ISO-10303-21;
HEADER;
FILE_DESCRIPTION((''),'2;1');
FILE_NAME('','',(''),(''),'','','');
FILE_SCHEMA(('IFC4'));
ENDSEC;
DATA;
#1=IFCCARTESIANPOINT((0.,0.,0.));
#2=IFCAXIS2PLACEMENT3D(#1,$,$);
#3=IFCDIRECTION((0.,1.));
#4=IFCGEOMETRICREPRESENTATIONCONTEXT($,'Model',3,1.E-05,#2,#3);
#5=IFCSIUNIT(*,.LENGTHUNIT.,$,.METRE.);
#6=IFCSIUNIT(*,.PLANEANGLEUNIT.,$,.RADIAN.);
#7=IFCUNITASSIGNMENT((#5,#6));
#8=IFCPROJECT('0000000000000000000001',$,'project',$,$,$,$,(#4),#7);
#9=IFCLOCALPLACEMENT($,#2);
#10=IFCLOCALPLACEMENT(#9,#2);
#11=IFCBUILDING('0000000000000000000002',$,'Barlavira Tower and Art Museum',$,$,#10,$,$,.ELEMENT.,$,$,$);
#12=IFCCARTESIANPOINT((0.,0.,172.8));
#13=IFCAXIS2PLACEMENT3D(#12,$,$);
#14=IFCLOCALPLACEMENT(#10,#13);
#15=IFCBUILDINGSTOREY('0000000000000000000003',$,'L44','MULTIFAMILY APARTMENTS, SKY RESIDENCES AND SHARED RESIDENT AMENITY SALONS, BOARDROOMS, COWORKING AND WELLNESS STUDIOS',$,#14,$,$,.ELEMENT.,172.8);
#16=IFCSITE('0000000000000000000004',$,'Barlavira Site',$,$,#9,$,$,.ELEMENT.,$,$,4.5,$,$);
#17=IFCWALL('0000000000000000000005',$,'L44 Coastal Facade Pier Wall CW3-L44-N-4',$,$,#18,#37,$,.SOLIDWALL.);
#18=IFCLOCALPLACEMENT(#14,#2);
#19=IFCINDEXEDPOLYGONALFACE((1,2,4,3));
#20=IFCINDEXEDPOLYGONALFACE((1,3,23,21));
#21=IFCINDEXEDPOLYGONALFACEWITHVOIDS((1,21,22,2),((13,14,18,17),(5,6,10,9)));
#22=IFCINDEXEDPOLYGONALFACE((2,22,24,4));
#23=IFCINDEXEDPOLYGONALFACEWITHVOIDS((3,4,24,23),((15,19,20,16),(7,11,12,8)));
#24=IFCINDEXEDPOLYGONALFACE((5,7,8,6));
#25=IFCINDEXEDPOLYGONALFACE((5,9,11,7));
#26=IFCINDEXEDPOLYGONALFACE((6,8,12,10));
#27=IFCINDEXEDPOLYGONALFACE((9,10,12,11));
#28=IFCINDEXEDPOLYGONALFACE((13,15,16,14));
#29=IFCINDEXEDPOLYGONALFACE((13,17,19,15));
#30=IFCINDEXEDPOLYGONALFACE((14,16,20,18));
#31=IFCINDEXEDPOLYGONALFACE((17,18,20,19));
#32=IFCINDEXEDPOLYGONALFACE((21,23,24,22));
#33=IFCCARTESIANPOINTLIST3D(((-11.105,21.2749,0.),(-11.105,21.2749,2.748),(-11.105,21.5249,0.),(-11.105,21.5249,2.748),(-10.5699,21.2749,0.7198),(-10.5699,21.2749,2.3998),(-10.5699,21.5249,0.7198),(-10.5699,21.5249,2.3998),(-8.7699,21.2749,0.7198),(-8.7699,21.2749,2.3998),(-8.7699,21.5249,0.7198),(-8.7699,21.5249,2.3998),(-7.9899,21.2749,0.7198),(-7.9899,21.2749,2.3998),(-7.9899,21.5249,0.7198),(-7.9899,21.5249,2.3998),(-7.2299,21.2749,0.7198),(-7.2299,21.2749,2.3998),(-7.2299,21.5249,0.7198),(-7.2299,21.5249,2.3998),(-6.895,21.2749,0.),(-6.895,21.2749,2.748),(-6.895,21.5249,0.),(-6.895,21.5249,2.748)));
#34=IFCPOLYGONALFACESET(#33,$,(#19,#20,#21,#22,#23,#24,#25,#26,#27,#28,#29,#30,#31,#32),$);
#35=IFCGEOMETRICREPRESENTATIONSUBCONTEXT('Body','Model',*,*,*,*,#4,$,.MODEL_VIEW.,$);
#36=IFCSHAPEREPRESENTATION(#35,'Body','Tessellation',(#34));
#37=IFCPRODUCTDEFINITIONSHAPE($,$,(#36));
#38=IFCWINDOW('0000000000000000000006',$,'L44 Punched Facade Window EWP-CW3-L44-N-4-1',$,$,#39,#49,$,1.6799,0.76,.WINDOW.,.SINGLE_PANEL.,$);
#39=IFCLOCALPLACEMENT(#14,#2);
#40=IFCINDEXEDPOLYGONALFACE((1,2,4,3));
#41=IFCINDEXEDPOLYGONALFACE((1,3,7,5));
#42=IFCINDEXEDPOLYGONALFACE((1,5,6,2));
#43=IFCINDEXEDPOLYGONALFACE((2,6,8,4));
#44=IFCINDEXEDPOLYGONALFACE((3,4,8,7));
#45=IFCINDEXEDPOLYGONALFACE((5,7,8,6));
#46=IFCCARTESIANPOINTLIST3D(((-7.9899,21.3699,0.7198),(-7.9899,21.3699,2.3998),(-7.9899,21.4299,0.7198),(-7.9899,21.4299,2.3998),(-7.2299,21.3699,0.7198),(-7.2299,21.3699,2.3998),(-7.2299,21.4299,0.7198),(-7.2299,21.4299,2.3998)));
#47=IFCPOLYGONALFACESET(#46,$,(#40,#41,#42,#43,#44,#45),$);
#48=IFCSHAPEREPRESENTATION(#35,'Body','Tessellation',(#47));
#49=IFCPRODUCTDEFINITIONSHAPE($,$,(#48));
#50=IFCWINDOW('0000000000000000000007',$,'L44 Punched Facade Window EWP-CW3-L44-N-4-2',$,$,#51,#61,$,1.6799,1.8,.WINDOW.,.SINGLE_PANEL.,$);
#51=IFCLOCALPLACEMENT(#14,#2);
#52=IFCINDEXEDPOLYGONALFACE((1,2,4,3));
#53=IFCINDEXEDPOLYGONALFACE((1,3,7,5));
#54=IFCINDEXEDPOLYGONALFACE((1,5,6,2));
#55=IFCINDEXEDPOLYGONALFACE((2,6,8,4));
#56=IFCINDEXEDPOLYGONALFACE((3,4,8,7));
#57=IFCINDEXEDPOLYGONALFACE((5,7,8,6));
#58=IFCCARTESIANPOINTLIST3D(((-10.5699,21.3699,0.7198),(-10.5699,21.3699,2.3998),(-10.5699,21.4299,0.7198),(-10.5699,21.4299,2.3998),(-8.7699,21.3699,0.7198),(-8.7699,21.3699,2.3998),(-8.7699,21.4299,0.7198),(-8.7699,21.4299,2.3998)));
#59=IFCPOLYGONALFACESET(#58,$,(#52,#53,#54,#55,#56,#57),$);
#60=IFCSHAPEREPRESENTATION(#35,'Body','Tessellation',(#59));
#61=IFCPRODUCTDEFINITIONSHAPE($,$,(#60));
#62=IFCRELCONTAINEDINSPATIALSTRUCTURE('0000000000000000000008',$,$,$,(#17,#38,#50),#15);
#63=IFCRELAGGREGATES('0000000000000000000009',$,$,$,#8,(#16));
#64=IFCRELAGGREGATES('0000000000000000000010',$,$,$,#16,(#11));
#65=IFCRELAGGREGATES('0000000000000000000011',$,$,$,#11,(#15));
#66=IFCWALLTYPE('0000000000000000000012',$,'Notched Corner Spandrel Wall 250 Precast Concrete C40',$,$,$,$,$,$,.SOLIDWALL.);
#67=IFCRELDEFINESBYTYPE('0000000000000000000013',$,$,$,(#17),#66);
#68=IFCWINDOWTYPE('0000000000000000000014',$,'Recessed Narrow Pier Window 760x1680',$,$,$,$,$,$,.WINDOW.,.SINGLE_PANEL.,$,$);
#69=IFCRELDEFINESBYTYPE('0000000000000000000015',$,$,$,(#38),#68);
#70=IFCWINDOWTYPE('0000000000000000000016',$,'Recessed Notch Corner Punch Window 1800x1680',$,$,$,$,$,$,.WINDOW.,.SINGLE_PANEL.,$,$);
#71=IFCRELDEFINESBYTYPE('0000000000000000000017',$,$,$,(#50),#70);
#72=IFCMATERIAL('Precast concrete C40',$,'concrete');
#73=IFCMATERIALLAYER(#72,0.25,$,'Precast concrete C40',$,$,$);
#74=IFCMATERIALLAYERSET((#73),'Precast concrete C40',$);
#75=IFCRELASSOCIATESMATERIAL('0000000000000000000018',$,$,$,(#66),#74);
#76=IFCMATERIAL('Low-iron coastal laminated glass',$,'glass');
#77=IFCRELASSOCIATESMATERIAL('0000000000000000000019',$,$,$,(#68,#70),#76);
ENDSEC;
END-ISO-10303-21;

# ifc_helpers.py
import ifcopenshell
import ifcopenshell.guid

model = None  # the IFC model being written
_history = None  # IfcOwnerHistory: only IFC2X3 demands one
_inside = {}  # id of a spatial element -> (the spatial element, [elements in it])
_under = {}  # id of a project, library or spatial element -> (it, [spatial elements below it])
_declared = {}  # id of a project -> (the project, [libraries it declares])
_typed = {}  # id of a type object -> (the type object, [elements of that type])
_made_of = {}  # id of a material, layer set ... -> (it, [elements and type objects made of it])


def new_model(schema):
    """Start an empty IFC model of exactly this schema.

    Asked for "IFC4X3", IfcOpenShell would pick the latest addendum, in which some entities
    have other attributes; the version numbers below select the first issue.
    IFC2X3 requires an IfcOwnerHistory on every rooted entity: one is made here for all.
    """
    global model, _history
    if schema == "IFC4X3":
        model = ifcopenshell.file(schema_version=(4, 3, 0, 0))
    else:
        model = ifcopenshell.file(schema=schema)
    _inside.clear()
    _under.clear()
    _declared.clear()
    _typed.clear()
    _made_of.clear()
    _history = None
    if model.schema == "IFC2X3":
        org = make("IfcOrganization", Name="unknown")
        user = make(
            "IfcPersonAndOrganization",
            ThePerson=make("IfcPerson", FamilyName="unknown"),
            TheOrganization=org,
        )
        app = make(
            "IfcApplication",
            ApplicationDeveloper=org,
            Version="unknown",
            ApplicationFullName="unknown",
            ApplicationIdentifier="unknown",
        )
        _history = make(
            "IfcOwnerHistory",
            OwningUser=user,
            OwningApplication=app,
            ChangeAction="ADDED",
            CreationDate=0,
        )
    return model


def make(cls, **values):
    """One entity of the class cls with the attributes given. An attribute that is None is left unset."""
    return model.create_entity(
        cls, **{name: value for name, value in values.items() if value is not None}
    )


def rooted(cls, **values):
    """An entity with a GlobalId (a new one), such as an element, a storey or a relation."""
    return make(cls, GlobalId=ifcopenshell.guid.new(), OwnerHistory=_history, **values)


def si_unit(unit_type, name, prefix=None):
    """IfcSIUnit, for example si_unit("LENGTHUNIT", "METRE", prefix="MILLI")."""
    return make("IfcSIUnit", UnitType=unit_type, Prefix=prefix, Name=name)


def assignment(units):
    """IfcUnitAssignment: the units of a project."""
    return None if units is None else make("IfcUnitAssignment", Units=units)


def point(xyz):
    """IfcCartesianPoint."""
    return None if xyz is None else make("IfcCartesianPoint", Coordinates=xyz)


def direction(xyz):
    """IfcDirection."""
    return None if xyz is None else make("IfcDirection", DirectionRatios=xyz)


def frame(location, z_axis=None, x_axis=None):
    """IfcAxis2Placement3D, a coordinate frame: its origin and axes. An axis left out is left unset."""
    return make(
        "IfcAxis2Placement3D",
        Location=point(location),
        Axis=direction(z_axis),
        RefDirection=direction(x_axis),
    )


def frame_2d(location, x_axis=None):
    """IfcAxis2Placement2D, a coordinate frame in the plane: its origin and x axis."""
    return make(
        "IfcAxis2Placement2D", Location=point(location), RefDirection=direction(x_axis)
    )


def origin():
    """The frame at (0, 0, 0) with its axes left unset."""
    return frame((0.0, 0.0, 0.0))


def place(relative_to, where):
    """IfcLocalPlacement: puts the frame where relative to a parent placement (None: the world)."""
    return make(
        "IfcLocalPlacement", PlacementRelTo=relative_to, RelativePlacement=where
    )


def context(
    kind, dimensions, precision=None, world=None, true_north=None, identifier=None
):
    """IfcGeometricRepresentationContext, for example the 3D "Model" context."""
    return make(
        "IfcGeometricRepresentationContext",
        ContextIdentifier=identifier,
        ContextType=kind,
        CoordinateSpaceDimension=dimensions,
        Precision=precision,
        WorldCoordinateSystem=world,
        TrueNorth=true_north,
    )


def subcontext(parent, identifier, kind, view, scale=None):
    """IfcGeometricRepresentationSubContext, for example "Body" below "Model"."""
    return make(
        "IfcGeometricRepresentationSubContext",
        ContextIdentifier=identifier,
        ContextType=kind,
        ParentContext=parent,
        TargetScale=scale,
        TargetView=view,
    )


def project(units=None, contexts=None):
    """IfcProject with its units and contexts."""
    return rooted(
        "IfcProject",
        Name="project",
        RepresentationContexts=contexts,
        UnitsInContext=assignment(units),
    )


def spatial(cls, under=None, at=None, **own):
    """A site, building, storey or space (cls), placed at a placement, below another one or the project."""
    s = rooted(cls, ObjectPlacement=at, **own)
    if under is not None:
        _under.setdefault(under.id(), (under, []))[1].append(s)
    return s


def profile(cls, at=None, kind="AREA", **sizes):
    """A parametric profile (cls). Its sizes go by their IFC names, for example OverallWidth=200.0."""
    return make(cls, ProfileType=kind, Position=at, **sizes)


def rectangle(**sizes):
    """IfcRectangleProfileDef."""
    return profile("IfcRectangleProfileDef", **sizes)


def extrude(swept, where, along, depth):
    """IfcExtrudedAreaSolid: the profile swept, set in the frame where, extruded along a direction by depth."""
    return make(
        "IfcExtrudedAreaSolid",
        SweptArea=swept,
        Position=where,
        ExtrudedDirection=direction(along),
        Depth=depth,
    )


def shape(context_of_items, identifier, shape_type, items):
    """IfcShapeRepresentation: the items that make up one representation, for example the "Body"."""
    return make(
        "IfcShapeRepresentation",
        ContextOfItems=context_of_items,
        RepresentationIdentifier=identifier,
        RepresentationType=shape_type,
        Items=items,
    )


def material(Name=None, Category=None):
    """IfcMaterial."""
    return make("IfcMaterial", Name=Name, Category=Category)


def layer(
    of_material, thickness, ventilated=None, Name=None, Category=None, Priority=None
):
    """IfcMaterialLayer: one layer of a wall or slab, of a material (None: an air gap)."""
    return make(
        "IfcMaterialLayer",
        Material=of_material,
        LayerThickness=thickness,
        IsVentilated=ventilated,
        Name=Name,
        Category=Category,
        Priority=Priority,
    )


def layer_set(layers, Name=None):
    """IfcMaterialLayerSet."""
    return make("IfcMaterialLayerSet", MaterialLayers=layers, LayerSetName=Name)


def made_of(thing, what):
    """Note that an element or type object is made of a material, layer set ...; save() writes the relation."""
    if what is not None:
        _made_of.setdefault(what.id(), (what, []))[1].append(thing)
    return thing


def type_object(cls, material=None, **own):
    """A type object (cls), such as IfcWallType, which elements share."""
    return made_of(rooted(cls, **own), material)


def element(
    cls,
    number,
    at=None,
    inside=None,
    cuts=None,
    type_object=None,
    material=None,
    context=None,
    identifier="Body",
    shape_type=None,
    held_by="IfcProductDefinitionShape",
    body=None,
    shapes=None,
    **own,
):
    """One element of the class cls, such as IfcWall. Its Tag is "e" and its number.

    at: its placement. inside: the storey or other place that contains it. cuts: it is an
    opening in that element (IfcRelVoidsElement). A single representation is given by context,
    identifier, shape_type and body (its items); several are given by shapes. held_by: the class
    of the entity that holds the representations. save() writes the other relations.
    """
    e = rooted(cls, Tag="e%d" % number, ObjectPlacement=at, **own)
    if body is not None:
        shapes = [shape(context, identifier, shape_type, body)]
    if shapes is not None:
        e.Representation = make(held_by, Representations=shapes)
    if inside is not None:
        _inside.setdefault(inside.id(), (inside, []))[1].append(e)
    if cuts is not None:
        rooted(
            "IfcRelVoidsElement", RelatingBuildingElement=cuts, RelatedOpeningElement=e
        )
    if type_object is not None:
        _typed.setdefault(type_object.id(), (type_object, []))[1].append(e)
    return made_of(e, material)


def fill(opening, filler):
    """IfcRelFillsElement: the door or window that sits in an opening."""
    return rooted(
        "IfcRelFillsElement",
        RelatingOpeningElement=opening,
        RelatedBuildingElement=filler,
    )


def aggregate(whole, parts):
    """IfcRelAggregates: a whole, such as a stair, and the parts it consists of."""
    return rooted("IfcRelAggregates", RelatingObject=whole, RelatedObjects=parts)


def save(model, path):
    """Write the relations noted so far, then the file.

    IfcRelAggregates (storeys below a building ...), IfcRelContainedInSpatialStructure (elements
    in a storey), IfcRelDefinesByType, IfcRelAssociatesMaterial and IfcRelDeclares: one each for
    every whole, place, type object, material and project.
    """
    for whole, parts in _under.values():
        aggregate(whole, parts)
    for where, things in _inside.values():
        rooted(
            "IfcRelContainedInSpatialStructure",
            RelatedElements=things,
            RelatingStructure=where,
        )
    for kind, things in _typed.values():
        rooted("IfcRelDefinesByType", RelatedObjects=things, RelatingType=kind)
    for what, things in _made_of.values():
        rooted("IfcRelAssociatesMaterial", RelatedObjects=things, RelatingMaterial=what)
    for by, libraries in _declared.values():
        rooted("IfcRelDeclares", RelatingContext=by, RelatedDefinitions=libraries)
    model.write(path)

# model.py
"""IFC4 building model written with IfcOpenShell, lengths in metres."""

from ifc_helpers import new_model, si_unit, direction, frame, frame_2d, origin, place, context, subcontext, project, spatial, rectangle, extrude, material, layer, layer_set, type_object, element, fill, save


model = new_model("IFC4")

# Units and contexts
model_context = context("Model", 3, precision=1e-05, world=origin(), true_north=direction((0.0, 1.0)))
body_context = subcontext(model_context, "Body", "Model", "MODEL_VIEW")
ifc_project = project(units=[si_unit("LENGTHUNIT", "METRE"), si_unit("PLANEANGLEUNIT", "RADIAN")], contexts=[model_context])

# Site, building, storey
site_placement = place(None, origin())
site = spatial("IfcSite", under=ifc_project, at=site_placement, Name="Barlavira Site", CompositionType="ELEMENT", RefElevation=4.5)
building_placement = place(site_placement, origin())
building = spatial("IfcBuilding", under=site, at=building_placement, Name="Barlavira Tower and Art Museum", CompositionType="ELEMENT")
storey_placement = place(building_placement, frame((0.0, 0.0, 172.8)))
storey = spatial("IfcBuildingStorey", under=building, at=storey_placement, Name="L44", Description="MULTIFAMILY APARTMENTS, SKY RESIDENCES AND SHARED RESIDENT AMENITY SALONS, BOARDROOMS, COWORKING AND WELLNESS STUDIOS", CompositionType="ELEMENT", Elevation=172.8)

# Wall, openings, windows
ifc_material_1 = material(Name="Precast concrete C40", Category="concrete")
ifc_layer_1 = layer(ifc_material_1, 0.25, Name="Precast concrete C40")
ifc_layer_set_1 = layer_set([ifc_layer_1], Name="Precast concrete C40")
wall_type_1 = type_object("IfcWallType", Name="Notched Corner Spandrel Wall 250 Precast Concrete C40", PredefinedType="SOLIDWALL", material=ifc_layer_set_1)
wall_1_placement = place(storey_placement, frame((-6.895, 21.3999, 0.0), z_axis=(0.0, 0.0, 1.0), x_axis=(-1.0, 0.0, 0.0)))
wall_1 = element("IfcWall", 1, at=wall_1_placement, inside=storey, type_object=wall_type_1, Name="L44 Coastal Facade Pier Wall CW3-L44-N-4", PredefinedType="SOLIDWALL", context=body_context, shape_type="SweptSolid", body=[
    extrude(rectangle(XDim=4.21, YDim=0.25, at=frame_2d((2.105, 0.0))), origin(), (0.0, 0.0, 1.0), 2.748),
])
opening_1_placement = place(wall_1_placement, frame((0.335, 0.0, 0.72)))
opening_1 = element("IfcOpeningElement", 2, at=opening_1_placement, cuts=wall_1, PredefinedType="OPENING", context=body_context, shape_type="SweptSolid", body=[
    extrude(rectangle(XDim=0.76, YDim=1.6799, at=frame_2d((0.3799, 0.8398))), frame((0.0, 0.135, 0.0), z_axis=(0.0, -1.0, 0.0), x_axis=(1.0, 0.0, 0.0)), (0.0, 0.0, 1.0), 0.27),
])
opening_2_placement = place(wall_1_placement, frame((1.875, 0.0, 0.72)))
opening_2 = element("IfcOpeningElement", 3, at=opening_2_placement, cuts=wall_1, PredefinedType="OPENING", context=body_context, shape_type="SweptSolid", body=[
    extrude(rectangle(XDim=1.8, YDim=1.6799, at=frame_2d((0.8999, 0.8398))), frame((0.0, 0.135, 0.0), z_axis=(0.0, -1.0, 0.0), x_axis=(1.0, 0.0, 0.0)), (0.0, 0.0, 1.0), 0.27),
])
ifc_material_2 = material(Name="Low-iron coastal laminated glass", Category="glass")
window_type_1 = type_object("IfcWindowType", Name="Recessed Narrow Pier Window 760x1680", PartitioningType="SINGLE_PANEL", PredefinedType="WINDOW", material=ifc_material_2)
window_1_placement = place(opening_1_placement, origin())
window_1 = element("IfcWindow", 4, at=window_1_placement, inside=storey, type_object=window_type_1, Name="L44 Punched Facade Window EWP-CW3-L44-N-4-1", OverallHeight=1.6799, OverallWidth=0.76, PartitioningType="SINGLE_PANEL", PredefinedType="WINDOW", context=body_context, shape_type="SweptSolid", body=[
    extrude(rectangle(XDim=0.76, YDim=1.6799, at=frame_2d((0.3799, 0.8398))), frame((0.0, 0.03, 0.0), z_axis=(0.0, -1.0, 0.0), x_axis=(1.0, 0.0, 0.0)), (0.0, 0.0, 1.0), 0.0601),
])
fill(opening_1, window_1)
window_type_2 = type_object("IfcWindowType", Name="Recessed Notch Corner Punch Window 1800x1680", PartitioningType="SINGLE_PANEL", PredefinedType="WINDOW", material=ifc_material_2)
window_2_placement = place(opening_2_placement, origin())
window_2 = element("IfcWindow", 5, at=window_2_placement, inside=storey, type_object=window_type_2, Name="L44 Punched Facade Window EWP-CW3-L44-N-4-2", OverallHeight=1.6799, OverallWidth=1.8, PartitioningType="SINGLE_PANEL", PredefinedType="WINDOW", context=body_context, shape_type="SweptSolid", body=[
    extrude(rectangle(XDim=1.8, YDim=1.6799, at=frame_2d((0.8999, 0.8398))), frame((0.0, 0.03, 0.0), z_axis=(0.0, -1.0, 0.0), x_axis=(1.0, 0.0, 0.0)), (0.0, 0.0, 1.0), 0.0601),
])
fill(opening_2, window_2)

save(model, "model.ifc")
